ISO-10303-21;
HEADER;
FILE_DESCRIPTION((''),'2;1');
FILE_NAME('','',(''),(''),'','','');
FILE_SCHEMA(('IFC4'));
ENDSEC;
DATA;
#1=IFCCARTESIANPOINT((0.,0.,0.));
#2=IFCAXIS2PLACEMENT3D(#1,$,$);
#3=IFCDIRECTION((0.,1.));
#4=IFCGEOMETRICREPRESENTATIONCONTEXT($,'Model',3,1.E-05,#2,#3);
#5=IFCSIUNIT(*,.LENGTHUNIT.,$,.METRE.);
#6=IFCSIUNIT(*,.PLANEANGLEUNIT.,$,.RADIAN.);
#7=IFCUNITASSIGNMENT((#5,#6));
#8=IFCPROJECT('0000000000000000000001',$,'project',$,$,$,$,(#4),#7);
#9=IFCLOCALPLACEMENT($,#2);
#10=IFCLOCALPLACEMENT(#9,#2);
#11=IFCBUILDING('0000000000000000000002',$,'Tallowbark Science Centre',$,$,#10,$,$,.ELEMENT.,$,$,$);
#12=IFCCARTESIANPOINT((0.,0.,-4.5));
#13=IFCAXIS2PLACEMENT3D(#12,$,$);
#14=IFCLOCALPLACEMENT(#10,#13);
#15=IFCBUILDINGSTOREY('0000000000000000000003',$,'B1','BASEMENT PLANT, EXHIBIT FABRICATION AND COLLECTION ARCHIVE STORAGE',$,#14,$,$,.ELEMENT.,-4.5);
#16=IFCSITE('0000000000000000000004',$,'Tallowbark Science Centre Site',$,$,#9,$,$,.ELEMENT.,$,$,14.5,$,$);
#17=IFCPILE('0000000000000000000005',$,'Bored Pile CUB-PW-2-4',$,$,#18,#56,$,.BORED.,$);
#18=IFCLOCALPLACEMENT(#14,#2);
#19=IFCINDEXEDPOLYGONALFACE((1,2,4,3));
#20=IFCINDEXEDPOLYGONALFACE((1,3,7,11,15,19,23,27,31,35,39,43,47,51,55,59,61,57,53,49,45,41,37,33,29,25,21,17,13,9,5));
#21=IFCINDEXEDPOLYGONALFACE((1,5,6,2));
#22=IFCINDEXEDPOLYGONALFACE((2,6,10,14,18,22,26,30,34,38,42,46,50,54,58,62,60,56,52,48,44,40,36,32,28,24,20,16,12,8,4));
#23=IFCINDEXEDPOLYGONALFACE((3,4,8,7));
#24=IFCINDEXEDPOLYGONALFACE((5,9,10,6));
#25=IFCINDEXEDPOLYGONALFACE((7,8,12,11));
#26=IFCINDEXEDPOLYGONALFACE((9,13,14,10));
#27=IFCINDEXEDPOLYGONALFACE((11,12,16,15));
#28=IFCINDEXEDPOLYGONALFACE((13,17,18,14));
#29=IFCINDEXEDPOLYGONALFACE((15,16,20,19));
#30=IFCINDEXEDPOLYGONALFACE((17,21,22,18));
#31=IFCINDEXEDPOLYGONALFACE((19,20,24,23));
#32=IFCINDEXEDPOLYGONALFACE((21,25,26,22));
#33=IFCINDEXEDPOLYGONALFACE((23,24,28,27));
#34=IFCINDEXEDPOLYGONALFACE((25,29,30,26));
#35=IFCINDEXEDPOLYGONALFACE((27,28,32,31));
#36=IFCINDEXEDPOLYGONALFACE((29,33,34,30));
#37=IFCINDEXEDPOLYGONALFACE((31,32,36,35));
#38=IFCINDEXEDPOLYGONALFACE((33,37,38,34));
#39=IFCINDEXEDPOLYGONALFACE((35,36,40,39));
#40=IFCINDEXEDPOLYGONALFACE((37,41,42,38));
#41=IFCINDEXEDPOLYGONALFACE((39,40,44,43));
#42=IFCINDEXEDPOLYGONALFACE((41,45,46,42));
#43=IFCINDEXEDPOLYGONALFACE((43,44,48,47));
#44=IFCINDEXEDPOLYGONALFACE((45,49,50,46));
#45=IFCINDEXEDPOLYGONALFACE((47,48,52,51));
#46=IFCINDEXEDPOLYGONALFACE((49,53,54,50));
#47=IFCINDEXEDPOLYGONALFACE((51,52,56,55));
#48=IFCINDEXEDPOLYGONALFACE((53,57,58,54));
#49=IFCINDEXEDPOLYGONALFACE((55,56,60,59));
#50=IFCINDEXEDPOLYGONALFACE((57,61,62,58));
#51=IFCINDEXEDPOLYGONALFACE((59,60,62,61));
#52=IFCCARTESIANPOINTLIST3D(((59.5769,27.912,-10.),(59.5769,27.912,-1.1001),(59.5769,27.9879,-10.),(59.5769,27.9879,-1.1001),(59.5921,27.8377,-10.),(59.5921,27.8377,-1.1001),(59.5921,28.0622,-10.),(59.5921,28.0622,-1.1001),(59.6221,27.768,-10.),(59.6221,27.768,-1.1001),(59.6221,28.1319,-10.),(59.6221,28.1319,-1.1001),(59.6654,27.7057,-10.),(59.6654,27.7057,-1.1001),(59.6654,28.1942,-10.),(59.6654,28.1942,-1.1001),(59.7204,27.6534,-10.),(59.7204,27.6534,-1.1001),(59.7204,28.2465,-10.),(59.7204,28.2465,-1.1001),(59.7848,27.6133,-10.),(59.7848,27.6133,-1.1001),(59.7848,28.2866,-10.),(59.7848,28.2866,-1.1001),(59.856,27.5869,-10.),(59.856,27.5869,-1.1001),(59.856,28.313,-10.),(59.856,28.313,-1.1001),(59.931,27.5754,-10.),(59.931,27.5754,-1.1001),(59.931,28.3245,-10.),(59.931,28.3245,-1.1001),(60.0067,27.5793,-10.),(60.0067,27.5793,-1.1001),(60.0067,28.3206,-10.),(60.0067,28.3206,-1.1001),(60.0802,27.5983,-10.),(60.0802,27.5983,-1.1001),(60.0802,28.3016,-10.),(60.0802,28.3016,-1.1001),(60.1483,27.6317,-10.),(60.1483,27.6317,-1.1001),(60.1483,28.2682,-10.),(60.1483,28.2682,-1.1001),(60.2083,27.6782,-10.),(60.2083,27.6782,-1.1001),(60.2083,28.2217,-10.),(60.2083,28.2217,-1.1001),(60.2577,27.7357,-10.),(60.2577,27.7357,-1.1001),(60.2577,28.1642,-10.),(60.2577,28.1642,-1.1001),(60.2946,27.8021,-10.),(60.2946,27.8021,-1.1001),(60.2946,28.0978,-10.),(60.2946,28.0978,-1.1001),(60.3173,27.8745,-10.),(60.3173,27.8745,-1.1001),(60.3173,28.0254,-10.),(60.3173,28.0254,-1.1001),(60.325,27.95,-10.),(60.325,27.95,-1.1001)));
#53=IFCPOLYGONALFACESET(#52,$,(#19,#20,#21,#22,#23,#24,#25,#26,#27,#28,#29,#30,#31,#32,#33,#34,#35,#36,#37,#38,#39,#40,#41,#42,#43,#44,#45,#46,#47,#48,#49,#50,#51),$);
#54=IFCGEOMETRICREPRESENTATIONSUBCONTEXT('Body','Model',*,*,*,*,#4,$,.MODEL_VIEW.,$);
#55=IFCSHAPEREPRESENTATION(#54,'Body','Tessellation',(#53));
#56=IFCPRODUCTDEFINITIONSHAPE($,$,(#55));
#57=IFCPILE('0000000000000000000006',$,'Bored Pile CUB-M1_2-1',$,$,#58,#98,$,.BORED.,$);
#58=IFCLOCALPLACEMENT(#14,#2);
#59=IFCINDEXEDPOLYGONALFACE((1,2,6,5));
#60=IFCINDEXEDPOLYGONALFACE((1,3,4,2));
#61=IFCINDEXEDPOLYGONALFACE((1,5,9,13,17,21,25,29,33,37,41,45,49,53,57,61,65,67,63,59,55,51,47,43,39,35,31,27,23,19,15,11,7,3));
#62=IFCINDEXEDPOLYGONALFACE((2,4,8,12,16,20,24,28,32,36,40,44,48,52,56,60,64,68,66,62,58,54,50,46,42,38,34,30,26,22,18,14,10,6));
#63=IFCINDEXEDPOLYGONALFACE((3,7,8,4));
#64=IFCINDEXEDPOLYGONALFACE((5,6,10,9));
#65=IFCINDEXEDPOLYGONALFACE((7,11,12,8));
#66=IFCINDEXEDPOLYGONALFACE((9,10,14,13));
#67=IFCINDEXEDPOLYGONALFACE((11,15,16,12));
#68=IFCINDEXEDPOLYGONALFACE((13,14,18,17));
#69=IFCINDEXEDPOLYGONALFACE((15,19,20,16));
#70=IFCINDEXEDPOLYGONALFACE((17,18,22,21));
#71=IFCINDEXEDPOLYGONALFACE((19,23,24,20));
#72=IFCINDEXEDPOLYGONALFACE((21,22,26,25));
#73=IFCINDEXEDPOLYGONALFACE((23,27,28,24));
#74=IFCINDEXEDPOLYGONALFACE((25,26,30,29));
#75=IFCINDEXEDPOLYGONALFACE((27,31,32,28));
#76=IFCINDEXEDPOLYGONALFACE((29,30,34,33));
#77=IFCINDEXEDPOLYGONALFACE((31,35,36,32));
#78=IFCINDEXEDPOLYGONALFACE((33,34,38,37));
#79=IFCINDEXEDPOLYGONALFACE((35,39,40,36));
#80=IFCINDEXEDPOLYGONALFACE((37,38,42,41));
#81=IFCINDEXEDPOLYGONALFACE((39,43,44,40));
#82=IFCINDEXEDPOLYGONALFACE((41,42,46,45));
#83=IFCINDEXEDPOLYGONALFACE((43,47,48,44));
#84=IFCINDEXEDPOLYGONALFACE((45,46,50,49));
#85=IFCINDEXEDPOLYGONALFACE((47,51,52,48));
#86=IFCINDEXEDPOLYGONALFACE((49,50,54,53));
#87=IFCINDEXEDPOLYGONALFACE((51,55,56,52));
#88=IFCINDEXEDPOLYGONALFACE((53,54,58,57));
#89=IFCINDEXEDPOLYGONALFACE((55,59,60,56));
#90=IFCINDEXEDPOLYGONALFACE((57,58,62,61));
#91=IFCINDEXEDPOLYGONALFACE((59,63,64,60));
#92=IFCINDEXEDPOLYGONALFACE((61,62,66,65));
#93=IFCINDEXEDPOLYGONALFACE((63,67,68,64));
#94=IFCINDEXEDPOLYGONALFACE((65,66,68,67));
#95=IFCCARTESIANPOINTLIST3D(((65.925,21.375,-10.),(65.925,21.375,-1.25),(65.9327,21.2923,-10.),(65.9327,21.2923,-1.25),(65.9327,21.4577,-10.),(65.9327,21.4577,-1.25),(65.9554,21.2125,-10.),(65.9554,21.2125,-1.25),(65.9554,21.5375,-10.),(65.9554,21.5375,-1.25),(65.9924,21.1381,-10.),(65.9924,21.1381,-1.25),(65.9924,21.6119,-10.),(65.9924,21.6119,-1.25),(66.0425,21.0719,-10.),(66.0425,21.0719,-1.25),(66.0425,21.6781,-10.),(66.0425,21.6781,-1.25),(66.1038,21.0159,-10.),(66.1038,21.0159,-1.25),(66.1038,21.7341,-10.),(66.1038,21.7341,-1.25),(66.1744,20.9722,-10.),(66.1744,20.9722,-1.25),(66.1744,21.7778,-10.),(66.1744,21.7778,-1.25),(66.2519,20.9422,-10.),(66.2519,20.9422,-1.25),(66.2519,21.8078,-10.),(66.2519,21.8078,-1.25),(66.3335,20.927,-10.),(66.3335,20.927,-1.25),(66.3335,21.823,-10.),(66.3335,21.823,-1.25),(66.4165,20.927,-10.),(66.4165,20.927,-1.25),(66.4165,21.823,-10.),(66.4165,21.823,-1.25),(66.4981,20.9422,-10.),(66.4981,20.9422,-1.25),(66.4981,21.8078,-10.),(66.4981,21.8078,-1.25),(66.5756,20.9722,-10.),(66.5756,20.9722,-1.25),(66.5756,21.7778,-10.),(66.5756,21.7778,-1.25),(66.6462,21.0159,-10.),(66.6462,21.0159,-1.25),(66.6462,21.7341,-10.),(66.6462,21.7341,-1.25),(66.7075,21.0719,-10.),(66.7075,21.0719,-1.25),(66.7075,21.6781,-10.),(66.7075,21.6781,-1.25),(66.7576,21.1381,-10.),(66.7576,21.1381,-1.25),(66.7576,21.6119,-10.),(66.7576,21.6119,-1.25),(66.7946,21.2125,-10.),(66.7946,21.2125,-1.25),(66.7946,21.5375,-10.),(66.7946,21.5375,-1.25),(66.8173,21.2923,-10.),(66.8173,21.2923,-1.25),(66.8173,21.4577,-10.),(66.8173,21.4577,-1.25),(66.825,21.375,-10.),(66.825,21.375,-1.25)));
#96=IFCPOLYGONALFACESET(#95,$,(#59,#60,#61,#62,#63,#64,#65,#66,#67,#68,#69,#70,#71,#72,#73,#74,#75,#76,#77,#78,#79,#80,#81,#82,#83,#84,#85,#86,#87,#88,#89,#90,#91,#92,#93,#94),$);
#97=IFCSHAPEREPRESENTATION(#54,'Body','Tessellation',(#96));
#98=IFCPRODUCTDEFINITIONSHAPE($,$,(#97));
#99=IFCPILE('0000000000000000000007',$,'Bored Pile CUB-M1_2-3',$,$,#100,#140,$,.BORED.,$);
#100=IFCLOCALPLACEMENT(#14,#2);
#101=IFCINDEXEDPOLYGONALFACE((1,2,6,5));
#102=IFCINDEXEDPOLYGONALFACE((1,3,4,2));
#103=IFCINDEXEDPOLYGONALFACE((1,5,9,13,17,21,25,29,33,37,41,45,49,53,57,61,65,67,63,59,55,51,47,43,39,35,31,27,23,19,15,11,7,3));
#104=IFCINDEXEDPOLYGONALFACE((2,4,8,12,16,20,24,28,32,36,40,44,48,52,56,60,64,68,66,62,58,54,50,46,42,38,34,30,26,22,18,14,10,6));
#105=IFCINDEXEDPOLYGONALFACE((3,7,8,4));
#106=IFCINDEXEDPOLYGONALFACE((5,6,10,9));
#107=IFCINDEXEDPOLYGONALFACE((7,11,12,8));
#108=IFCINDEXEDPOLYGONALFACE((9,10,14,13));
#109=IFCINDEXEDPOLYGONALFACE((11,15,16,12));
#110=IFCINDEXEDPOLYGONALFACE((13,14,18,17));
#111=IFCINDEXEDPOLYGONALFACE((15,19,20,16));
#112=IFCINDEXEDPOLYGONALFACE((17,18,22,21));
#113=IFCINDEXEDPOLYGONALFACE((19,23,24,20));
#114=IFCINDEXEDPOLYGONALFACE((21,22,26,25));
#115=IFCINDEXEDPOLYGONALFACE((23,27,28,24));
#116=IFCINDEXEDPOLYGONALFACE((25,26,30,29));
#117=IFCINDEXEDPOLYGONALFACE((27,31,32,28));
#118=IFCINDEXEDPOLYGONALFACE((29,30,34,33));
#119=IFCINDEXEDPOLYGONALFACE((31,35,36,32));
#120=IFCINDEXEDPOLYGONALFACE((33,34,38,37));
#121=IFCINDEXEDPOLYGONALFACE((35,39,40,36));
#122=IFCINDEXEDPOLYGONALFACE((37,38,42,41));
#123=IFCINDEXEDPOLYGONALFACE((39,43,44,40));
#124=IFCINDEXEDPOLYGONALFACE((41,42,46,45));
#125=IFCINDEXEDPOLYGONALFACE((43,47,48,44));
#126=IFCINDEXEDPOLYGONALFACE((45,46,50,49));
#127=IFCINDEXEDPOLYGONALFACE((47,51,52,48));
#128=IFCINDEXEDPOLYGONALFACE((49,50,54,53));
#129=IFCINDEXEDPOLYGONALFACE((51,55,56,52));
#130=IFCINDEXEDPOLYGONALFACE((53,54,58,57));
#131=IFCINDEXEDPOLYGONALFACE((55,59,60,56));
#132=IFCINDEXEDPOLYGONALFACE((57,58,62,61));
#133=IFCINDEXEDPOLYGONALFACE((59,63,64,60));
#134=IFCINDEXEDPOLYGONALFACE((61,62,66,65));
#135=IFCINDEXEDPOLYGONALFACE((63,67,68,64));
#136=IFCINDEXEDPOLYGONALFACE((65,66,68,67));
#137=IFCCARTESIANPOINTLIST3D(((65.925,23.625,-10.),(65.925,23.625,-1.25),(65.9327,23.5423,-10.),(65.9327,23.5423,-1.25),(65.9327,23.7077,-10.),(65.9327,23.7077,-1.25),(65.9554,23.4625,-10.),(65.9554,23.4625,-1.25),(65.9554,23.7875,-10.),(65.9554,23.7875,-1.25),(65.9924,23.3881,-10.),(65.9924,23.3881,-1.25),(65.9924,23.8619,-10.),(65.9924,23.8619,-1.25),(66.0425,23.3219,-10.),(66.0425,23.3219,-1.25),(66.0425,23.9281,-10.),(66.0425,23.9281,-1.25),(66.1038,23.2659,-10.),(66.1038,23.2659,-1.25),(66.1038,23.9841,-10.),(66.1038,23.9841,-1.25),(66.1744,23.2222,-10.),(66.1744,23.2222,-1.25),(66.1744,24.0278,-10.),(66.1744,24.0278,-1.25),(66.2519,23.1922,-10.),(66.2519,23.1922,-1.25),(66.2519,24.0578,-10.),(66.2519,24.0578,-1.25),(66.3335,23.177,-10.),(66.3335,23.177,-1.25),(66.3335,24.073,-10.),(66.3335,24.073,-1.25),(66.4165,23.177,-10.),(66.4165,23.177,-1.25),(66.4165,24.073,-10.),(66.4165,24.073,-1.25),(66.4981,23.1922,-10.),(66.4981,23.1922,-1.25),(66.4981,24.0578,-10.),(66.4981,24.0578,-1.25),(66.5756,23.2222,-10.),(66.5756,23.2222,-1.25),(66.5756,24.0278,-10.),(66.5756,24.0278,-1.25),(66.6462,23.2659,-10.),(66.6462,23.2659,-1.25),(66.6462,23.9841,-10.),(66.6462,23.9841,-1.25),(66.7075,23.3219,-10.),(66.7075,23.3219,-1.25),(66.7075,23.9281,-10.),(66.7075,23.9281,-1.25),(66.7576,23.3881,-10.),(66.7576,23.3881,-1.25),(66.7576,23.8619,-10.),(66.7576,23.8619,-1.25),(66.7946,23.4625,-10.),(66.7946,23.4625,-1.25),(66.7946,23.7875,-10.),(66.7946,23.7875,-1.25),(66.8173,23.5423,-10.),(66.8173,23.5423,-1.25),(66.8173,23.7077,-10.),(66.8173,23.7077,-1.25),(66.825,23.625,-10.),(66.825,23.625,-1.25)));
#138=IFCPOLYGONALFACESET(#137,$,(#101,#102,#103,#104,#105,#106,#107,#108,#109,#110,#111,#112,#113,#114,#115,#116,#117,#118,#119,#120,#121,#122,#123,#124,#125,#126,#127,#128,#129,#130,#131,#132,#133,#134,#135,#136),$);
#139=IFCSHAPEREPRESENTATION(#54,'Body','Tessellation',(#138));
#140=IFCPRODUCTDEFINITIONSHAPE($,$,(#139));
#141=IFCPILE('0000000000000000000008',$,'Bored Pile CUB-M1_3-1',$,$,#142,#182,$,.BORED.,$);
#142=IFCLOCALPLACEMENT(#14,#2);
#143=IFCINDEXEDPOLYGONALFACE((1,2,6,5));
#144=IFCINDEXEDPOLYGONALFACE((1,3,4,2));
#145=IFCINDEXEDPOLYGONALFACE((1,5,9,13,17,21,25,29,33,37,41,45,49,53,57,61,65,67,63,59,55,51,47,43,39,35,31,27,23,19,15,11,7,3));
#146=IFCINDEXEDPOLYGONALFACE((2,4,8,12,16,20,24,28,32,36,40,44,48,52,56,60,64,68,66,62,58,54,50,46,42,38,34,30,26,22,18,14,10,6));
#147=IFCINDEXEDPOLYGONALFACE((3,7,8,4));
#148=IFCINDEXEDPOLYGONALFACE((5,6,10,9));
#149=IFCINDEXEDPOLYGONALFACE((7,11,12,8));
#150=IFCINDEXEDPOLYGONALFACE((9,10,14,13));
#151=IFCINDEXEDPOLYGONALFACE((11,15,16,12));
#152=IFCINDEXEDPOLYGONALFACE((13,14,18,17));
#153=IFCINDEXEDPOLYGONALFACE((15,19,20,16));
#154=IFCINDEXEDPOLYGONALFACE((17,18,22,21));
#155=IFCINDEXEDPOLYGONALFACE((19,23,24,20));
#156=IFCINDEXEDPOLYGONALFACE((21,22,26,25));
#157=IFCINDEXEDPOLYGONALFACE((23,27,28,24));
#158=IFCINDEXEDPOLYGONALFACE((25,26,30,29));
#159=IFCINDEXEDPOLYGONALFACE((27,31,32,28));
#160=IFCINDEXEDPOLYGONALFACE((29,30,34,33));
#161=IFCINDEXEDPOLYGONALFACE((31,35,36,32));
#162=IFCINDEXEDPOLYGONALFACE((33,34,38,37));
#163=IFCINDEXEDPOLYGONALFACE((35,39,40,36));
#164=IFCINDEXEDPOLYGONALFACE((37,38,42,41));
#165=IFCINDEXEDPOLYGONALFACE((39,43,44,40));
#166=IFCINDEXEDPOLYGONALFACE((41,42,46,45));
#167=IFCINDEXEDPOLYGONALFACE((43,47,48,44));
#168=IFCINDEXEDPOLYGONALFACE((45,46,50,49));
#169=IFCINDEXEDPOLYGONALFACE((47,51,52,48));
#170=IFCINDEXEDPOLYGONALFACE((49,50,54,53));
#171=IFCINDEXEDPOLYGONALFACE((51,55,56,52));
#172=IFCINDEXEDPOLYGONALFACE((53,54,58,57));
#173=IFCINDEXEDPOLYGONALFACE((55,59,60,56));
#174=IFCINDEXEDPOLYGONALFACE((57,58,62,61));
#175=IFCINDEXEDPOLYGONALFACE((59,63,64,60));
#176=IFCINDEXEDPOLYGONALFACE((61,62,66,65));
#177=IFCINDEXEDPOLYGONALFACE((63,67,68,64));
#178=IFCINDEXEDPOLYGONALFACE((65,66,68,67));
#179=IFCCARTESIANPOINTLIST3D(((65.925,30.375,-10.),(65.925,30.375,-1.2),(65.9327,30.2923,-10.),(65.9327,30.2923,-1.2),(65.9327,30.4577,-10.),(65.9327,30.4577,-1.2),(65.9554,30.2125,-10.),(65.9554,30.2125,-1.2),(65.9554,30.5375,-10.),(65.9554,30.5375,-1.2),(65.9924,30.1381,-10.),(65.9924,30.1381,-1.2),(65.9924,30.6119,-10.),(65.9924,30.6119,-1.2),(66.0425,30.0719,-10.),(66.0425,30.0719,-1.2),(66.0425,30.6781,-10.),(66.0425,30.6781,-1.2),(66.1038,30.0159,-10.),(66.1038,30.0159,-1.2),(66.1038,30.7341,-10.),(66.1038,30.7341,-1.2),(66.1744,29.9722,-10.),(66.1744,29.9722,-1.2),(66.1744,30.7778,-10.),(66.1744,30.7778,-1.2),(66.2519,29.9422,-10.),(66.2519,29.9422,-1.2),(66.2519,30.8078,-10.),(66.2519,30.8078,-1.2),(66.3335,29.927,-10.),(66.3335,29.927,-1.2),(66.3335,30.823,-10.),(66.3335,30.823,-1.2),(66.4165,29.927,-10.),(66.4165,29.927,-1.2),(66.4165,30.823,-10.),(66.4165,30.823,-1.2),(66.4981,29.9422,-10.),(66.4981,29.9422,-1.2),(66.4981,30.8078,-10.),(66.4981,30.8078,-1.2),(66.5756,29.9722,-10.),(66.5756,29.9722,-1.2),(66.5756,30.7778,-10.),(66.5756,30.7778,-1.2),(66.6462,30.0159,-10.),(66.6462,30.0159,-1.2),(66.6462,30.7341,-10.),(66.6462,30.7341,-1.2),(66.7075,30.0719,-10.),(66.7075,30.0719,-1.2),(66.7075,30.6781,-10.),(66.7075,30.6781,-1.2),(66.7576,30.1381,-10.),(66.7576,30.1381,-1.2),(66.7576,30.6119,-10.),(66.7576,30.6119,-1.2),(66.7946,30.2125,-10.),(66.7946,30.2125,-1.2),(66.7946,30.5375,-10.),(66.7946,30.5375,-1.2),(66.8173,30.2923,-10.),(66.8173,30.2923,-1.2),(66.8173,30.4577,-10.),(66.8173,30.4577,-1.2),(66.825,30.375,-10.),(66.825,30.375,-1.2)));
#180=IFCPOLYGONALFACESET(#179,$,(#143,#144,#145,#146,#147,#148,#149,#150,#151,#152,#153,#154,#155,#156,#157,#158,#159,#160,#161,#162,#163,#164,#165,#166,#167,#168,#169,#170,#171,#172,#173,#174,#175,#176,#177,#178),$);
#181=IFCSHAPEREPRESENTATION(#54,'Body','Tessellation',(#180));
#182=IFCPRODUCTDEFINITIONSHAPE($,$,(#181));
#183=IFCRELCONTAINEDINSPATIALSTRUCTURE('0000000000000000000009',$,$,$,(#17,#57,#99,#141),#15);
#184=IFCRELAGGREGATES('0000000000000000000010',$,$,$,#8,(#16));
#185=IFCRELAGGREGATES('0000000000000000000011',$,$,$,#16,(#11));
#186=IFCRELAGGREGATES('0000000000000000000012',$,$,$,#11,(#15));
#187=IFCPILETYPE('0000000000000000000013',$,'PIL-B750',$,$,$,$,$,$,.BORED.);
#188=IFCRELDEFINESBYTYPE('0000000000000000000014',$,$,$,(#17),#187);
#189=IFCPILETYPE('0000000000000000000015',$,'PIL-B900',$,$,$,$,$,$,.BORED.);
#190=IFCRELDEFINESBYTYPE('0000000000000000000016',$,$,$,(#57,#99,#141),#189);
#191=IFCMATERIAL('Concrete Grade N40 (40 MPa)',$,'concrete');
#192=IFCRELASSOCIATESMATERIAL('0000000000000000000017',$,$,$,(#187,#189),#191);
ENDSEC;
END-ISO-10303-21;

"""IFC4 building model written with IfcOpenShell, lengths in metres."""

from ifc_helpers import new_model, si_unit, direction, frame, origin, origin_2d, place, context, subcontext, project, spatial, circle, extrude, material, material_profile, profile_set, type_object, element, save


model = new_model("IFC4")

# Units and contexts
model_context = context("Model", 3, precision=1e-05, world=origin(), true_north=direction((0.0, 1.0)))
body_context = subcontext(model_context, "Body", "Model", "MODEL_VIEW")
ifc_project = project(units=[si_unit("LENGTHUNIT", "METRE"), si_unit("PLANEANGLEUNIT", "RADIAN")], contexts=[model_context])

# Site, building, storey
site_placement = place(None, origin())
site = spatial("IfcSite", under=ifc_project, at=site_placement, Name="Tallowbark Science Centre Site", CompositionType="ELEMENT", RefElevation=14.5)
building_placement = place(site_placement, origin())
building = spatial("IfcBuilding", under=site, at=building_placement, Name="Tallowbark Science Centre", CompositionType="ELEMENT")
storey_placement = place(building_placement, frame((0.0, 0.0, -4.5)))
storey = spatial("IfcBuildingStorey", under=building, at=storey_placement, Name="B1", Description="BASEMENT PLANT, EXHIBIT FABRICATION AND COLLECTION ARCHIVE STORAGE", CompositionType="ELEMENT", Elevation=-4.5)

# Shared definitions
ifc_material_1 = material(Name="Concrete Grade N40 (40 MPa)", Category="concrete")

# Piles
ifc_material_profile_1 = material_profile(ifc_material_1, circle(Radius=0.375, at=origin_2d()), Name="PILE750")
ifc_profile_set_1 = profile_set([ifc_material_profile_1], Name="Concrete Grade N40 (40 MPa)")
pile_type_1 = type_object("IfcPileType", Name="PIL-B750", PredefinedType="BORED", material=ifc_profile_set_1)
for number, where, z_axis, x_axis, name in (
    (1, (59.95, 27.95, -1.1001), (0.0, 0.0, -1.0), (1.0, 0.0, 0.0), "Bored Pile CUB-PW-2-4"),
):
    element("IfcPile", number, at=place(storey_placement, frame(where, z_axis=z_axis, x_axis=x_axis)), inside=storey, type_object=pile_type_1, Name=name, PredefinedType="BORED", context=body_context, shape_type="SweptSolid", body=[
        extrude(circle(Radius=0.375, at=origin_2d()), origin(), (0.0, 0.0, 1.0), 8.8999),
    ])
ifc_material_profile_2 = material_profile(ifc_material_1, circle(Radius=0.45, at=origin_2d()), Name="PILE900")
ifc_profile_set_2 = profile_set([ifc_material_profile_2], Name="Concrete Grade N40 (40 MPa)")
pile_type_2 = type_object("IfcPileType", Name="PIL-B900", PredefinedType="BORED", material=ifc_profile_set_2)
for number, where, z_axis, x_axis, name in (
    (2, (66.375, 21.375, -1.25), (0.0, 0.0, -1.0), (1.0, 0.0, 0.0), "Bored Pile CUB-M1_2-1"),
    (3, (66.375, 23.625, -1.25), (0.0, 0.0, -1.0), (1.0, 0.0, 0.0), "Bored Pile CUB-M1_2-3"),
):
    element("IfcPile", number, at=place(storey_placement, frame(where, z_axis=z_axis, x_axis=x_axis)), inside=storey, type_object=pile_type_2, Name=name, PredefinedType="BORED", context=body_context, shape_type="SweptSolid", body=[
        extrude(circle(Radius=0.45, at=origin_2d()), origin(), (0.0, 0.0, 1.0), 8.75),
    ])
pile_placement = place(storey_placement, frame((66.375, 30.375, -1.2), z_axis=(0.0, 0.0, -1.0), x_axis=(1.0, 0.0, 0.0)))
element("IfcPile", 4, at=pile_placement, inside=storey, type_object=pile_type_2, Name="Bored Pile CUB-M1_3-1", PredefinedType="BORED", context=body_context, shape_type="SweptSolid", body=[
    extrude(circle(Radius=0.45, at=origin_2d()), origin(), (0.0, 0.0, 1.0), 8.8),
])

save(model, "model.ifc")
